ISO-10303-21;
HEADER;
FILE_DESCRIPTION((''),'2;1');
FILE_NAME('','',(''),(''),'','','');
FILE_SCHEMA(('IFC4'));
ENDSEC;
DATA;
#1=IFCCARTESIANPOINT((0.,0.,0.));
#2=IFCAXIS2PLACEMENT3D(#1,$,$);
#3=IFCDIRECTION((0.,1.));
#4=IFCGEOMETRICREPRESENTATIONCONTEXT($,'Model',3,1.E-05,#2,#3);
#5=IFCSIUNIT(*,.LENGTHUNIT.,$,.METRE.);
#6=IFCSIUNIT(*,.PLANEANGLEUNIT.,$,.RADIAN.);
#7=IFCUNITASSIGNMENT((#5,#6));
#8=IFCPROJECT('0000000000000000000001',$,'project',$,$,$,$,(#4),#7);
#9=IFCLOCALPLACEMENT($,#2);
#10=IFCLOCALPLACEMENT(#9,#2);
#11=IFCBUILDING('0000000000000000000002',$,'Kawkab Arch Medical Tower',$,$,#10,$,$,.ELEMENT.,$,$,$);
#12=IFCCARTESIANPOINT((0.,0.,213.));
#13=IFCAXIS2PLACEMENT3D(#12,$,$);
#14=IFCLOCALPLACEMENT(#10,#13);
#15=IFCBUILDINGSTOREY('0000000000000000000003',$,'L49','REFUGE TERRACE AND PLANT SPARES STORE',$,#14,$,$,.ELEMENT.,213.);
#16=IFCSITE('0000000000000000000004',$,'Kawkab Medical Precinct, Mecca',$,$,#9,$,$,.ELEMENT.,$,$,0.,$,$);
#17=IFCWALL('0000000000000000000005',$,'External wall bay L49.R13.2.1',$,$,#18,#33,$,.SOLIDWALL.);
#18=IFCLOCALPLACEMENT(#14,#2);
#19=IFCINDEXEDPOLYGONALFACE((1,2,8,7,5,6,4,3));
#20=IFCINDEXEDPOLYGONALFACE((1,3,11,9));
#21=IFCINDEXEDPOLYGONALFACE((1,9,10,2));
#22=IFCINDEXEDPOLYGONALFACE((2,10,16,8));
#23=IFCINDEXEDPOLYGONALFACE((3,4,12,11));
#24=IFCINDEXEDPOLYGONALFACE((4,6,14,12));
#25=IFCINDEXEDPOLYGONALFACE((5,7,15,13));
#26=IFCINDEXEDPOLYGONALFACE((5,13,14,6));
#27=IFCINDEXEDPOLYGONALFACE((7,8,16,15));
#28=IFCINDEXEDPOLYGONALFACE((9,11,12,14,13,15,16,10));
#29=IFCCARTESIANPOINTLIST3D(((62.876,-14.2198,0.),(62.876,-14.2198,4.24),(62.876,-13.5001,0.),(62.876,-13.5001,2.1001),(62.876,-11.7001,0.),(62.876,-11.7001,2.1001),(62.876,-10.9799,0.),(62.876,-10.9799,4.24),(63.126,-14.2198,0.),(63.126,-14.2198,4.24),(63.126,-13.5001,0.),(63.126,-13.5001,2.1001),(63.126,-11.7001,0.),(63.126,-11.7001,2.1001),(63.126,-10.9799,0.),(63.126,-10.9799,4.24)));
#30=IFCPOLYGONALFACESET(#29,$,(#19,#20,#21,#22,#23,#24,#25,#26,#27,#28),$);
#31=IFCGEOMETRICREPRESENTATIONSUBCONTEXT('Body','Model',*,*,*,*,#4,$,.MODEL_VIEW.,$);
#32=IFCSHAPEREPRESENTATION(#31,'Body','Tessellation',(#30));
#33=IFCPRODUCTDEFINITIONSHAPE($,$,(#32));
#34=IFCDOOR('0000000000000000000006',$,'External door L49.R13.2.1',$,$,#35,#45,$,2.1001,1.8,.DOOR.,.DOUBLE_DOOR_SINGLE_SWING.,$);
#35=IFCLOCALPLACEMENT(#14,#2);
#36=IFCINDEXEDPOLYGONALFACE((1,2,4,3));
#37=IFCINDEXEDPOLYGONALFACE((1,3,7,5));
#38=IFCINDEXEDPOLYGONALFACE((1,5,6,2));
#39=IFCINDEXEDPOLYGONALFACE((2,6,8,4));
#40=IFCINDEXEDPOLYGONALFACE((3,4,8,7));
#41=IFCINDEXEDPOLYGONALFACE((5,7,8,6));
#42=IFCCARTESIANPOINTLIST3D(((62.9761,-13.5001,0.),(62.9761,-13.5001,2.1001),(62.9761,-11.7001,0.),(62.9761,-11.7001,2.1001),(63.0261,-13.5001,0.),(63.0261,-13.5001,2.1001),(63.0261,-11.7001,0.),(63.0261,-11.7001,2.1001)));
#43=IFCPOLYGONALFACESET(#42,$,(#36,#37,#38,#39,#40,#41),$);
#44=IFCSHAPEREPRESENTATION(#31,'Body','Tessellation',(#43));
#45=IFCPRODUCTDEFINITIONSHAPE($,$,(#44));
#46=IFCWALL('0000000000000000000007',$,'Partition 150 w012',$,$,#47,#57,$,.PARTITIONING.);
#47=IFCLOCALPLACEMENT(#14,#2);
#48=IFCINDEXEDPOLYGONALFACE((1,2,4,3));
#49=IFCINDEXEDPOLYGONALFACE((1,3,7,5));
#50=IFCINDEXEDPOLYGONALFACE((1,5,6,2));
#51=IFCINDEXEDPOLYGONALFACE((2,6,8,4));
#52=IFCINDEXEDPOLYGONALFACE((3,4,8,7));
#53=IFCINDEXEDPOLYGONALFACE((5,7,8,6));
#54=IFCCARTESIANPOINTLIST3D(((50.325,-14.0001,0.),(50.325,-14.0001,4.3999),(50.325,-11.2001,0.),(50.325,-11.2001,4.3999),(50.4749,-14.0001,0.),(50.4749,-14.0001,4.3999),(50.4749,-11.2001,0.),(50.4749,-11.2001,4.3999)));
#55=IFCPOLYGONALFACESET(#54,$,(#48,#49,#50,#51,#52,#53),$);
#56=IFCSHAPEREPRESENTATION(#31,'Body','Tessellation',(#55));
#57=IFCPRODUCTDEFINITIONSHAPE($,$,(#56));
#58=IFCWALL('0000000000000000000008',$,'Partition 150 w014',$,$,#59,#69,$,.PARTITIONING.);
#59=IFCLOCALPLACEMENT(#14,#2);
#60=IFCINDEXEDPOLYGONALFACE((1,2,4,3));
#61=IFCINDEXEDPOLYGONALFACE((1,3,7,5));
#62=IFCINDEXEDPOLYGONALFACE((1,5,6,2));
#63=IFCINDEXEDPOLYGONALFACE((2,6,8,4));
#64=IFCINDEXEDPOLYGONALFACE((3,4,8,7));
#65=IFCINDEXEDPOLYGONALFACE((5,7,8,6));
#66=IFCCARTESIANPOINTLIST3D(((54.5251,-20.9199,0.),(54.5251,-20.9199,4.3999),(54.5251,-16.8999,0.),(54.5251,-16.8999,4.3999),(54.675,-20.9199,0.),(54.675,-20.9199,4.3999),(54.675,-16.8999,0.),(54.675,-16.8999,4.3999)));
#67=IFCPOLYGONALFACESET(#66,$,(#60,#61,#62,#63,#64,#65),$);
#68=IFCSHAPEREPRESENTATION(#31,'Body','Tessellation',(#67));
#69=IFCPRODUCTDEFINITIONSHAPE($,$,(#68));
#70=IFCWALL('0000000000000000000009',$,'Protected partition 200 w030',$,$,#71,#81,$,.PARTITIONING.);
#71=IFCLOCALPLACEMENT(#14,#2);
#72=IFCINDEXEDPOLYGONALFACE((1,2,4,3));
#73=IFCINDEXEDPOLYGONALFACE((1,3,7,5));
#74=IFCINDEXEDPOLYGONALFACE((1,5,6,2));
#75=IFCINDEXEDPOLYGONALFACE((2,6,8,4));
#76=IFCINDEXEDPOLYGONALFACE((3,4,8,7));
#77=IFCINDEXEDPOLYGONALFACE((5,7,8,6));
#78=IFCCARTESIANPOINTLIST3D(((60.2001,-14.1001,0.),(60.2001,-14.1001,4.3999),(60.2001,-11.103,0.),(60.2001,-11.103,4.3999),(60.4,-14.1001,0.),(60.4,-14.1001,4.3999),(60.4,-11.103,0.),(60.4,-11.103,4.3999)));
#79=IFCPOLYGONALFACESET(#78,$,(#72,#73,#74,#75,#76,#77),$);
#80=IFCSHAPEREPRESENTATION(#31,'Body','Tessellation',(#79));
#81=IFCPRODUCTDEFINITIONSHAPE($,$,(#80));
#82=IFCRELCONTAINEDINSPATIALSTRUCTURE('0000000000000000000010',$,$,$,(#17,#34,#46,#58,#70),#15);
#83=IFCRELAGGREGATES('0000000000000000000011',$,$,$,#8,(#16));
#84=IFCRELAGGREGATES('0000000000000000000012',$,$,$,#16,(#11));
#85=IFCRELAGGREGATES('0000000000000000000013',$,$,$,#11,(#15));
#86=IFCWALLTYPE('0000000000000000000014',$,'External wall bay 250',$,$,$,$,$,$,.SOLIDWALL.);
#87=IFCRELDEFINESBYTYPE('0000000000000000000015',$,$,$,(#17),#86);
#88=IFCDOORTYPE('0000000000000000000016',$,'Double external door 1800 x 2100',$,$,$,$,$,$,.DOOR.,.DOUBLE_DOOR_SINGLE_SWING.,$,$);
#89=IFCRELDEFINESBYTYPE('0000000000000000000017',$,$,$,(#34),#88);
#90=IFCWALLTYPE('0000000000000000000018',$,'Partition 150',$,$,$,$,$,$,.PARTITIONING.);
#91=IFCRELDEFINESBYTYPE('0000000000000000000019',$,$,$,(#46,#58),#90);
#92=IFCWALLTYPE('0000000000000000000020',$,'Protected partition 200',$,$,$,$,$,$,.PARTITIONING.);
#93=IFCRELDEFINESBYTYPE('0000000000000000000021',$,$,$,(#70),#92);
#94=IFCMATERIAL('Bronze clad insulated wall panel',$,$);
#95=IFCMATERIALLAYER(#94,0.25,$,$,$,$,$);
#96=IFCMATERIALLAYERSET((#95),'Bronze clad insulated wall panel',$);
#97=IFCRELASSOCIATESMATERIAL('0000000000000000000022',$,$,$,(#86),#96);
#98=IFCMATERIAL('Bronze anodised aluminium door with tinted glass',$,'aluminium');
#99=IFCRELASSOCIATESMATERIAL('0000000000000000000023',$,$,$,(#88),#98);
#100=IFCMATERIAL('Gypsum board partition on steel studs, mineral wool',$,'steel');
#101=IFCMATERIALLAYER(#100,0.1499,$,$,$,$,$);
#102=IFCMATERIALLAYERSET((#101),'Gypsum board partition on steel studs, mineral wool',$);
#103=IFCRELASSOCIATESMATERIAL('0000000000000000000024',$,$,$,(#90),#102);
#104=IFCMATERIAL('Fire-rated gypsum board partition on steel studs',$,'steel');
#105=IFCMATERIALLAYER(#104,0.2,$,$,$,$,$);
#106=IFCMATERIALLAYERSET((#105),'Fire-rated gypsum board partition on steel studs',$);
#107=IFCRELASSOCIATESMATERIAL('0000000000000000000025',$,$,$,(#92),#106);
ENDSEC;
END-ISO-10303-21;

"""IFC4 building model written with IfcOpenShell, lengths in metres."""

from ifc_helpers import new_model, si_unit, direction, frame, frame_2d, origin, place, context, subcontext, project, spatial, rectangle, extrude, material, layer, layer_set, type_object, element, fill, save


model = new_model("IFC4")

# Units and contexts
model_context = context("Model", 3, precision=1e-05, world=origin(), true_north=direction((0.0, 1.0)))
body_context = subcontext(model_context, "Body", "Model", "MODEL_VIEW")
ifc_project = project(units=[si_unit("LENGTHUNIT", "METRE"), si_unit("PLANEANGLEUNIT", "RADIAN")], contexts=[model_context])

# Site, building, storey
site_placement = place(None, origin())
site = spatial("IfcSite", under=ifc_project, at=site_placement, Name="Kawkab Medical Precinct, Mecca", CompositionType="ELEMENT", RefElevation=0.0)
building_placement = place(site_placement, origin())
building = spatial("IfcBuilding", under=site, at=building_placement, Name="Kawkab Arch Medical Tower", CompositionType="ELEMENT")
storey_placement = place(building_placement, frame((0.0, 0.0, 213.0)))
storey = spatial("IfcBuildingStorey", under=building, at=storey_placement, Name="L49", Description="REFUGE TERRACE AND PLANT SPARES STORE", CompositionType="ELEMENT", Elevation=213.0)

# Wall, opening, door
ifc_material_1 = material(Name="Bronze clad insulated wall panel")
ifc_layer_1 = layer(ifc_material_1, 0.25)
ifc_layer_set_1 = layer_set([ifc_layer_1], Name="Bronze clad insulated wall panel")
wall_type_1 = type_object("IfcWallType", Name="External wall bay 250", PredefinedType="SOLIDWALL", material=ifc_layer_set_1)
wall_1_placement = place(storey_placement, frame((63.001, -14.22, 0.0), z_axis=(0.0, 0.0, 1.0), x_axis=(0.0, 1.0, 0.0)))
wall_1 = element("IfcWall", 1, at=wall_1_placement, inside=storey, type_object=wall_type_1, Name="External wall bay L49.R13.2.1", PredefinedType="SOLIDWALL", context=body_context, shape_type="SweptSolid", body=[
    extrude(rectangle(XDim=3.24, YDim=0.25, at=frame_2d((1.6201, 0.0))), origin(), (0.0, 0.0, 1.0), 4.24),
])
opening_placement = place(wall_1_placement, frame((0.72, 0.0, 0.0)))
opening = element("IfcOpeningElement", 2, at=opening_placement, cuts=wall_1, PredefinedType="OPENING", context=body_context, shape_type="SweptSolid", body=[
    extrude(rectangle(XDim=1.8, YDim=2.1001, at=frame_2d((0.8999, 1.05))), frame((0.0, 0.135, 0.0), z_axis=(0.0, -1.0, 0.0), x_axis=(1.0, 0.0, 0.0)), (0.0, 0.0, 1.0), 0.27),
])
ifc_material_2 = material(Name="Bronze anodised aluminium door with tinted glass", Category="aluminium")
door_type = type_object("IfcDoorType", Name="Double external door 1800 x 2100", OperationType="DOUBLE_DOOR_SINGLE_SWING", PredefinedType="DOOR", material=ifc_material_2)
door_placement = place(opening_placement, origin())
door = element("IfcDoor", 3, at=door_placement, inside=storey, type_object=door_type, Name="External door L49.R13.2.1", OperationType="DOUBLE_DOOR_SINGLE_SWING", OverallHeight=2.1001, OverallWidth=1.8, PredefinedType="DOOR", context=body_context, shape_type="SweptSolid", body=[
    extrude(rectangle(XDim=1.8, YDim=2.1001, at=frame_2d((0.8999, 1.05))), frame((0.0, 0.0249, 0.0), z_axis=(0.0, -1.0, 0.0), x_axis=(1.0, 0.0, 0.0)), (0.0, 0.0, 1.0), 0.05),
])
fill(opening, door)

# Walls
ifc_material_3 = material(Name="Gypsum board partition on steel studs, mineral wool", Category="steel")
ifc_layer_2 = layer(ifc_material_3, 0.1499)
ifc_layer_set_2 = layer_set([ifc_layer_2], Name="Gypsum board partition on steel studs, mineral wool")
wall_type_2 = type_object("IfcWallType", Name="Partition 150", PredefinedType="PARTITIONING", material=ifc_layer_set_2)
wall_2_placement = place(storey_placement, frame((50.3999, -14.0, 0.0), z_axis=(0.0, 0.0, 1.0), x_axis=(0.0, 1.0, 0.0)))
element("IfcWall", 4, at=wall_2_placement, inside=storey, type_object=wall_type_2, Name="Partition 150 w012", PredefinedType="PARTITIONING", context=body_context, shape_type="SweptSolid", body=[
    extrude(rectangle(XDim=2.8, YDim=0.1499, at=frame_2d((1.3999, 0.0))), origin(), (0.0, 0.0, 1.0), 4.3999),
])
wall_3_placement = place(storey_placement, frame((54.6001, -20.9199, 0.0), z_axis=(0.0, 0.0, 1.0), x_axis=(0.0, 1.0, 0.0)))
element("IfcWall", 5, at=wall_3_placement, inside=storey, type_object=wall_type_2, Name="Partition 150 w014", PredefinedType="PARTITIONING", context=body_context, shape_type="SweptSolid", body=[
    extrude(rectangle(XDim=4.02, YDim=0.1499, at=frame_2d((2.01, 0.0))), origin(), (0.0, 0.0, 1.0), 4.3999),
])
ifc_material_4 = material(Name="Fire-rated gypsum board partition on steel studs", Category="steel")
ifc_layer_3 = layer(ifc_material_4, 0.2)
ifc_layer_set_3 = layer_set([ifc_layer_3], Name="Fire-rated gypsum board partition on steel studs")
wall_type_3 = type_object("IfcWallType", Name="Protected partition 200", PredefinedType="PARTITIONING", material=ifc_layer_set_3)
wall_4_placement = place(storey_placement, frame((60.3, -14.1001, 0.0), z_axis=(0.0, 0.0, 1.0), x_axis=(0.0, 1.0, 0.0)))
element("IfcWall", 6, at=wall_4_placement, inside=storey, type_object=wall_type_3, Name="Protected partition 200 w030", PredefinedType="PARTITIONING", context=body_context, shape_type="SweptSolid", body=[
    extrude(rectangle(XDim=2.9971, YDim=0.2, at=frame_2d((1.4985, 0.0))), origin(), (0.0, 0.0, 1.0), 4.3999),
])

save(model, "model.ifc")
